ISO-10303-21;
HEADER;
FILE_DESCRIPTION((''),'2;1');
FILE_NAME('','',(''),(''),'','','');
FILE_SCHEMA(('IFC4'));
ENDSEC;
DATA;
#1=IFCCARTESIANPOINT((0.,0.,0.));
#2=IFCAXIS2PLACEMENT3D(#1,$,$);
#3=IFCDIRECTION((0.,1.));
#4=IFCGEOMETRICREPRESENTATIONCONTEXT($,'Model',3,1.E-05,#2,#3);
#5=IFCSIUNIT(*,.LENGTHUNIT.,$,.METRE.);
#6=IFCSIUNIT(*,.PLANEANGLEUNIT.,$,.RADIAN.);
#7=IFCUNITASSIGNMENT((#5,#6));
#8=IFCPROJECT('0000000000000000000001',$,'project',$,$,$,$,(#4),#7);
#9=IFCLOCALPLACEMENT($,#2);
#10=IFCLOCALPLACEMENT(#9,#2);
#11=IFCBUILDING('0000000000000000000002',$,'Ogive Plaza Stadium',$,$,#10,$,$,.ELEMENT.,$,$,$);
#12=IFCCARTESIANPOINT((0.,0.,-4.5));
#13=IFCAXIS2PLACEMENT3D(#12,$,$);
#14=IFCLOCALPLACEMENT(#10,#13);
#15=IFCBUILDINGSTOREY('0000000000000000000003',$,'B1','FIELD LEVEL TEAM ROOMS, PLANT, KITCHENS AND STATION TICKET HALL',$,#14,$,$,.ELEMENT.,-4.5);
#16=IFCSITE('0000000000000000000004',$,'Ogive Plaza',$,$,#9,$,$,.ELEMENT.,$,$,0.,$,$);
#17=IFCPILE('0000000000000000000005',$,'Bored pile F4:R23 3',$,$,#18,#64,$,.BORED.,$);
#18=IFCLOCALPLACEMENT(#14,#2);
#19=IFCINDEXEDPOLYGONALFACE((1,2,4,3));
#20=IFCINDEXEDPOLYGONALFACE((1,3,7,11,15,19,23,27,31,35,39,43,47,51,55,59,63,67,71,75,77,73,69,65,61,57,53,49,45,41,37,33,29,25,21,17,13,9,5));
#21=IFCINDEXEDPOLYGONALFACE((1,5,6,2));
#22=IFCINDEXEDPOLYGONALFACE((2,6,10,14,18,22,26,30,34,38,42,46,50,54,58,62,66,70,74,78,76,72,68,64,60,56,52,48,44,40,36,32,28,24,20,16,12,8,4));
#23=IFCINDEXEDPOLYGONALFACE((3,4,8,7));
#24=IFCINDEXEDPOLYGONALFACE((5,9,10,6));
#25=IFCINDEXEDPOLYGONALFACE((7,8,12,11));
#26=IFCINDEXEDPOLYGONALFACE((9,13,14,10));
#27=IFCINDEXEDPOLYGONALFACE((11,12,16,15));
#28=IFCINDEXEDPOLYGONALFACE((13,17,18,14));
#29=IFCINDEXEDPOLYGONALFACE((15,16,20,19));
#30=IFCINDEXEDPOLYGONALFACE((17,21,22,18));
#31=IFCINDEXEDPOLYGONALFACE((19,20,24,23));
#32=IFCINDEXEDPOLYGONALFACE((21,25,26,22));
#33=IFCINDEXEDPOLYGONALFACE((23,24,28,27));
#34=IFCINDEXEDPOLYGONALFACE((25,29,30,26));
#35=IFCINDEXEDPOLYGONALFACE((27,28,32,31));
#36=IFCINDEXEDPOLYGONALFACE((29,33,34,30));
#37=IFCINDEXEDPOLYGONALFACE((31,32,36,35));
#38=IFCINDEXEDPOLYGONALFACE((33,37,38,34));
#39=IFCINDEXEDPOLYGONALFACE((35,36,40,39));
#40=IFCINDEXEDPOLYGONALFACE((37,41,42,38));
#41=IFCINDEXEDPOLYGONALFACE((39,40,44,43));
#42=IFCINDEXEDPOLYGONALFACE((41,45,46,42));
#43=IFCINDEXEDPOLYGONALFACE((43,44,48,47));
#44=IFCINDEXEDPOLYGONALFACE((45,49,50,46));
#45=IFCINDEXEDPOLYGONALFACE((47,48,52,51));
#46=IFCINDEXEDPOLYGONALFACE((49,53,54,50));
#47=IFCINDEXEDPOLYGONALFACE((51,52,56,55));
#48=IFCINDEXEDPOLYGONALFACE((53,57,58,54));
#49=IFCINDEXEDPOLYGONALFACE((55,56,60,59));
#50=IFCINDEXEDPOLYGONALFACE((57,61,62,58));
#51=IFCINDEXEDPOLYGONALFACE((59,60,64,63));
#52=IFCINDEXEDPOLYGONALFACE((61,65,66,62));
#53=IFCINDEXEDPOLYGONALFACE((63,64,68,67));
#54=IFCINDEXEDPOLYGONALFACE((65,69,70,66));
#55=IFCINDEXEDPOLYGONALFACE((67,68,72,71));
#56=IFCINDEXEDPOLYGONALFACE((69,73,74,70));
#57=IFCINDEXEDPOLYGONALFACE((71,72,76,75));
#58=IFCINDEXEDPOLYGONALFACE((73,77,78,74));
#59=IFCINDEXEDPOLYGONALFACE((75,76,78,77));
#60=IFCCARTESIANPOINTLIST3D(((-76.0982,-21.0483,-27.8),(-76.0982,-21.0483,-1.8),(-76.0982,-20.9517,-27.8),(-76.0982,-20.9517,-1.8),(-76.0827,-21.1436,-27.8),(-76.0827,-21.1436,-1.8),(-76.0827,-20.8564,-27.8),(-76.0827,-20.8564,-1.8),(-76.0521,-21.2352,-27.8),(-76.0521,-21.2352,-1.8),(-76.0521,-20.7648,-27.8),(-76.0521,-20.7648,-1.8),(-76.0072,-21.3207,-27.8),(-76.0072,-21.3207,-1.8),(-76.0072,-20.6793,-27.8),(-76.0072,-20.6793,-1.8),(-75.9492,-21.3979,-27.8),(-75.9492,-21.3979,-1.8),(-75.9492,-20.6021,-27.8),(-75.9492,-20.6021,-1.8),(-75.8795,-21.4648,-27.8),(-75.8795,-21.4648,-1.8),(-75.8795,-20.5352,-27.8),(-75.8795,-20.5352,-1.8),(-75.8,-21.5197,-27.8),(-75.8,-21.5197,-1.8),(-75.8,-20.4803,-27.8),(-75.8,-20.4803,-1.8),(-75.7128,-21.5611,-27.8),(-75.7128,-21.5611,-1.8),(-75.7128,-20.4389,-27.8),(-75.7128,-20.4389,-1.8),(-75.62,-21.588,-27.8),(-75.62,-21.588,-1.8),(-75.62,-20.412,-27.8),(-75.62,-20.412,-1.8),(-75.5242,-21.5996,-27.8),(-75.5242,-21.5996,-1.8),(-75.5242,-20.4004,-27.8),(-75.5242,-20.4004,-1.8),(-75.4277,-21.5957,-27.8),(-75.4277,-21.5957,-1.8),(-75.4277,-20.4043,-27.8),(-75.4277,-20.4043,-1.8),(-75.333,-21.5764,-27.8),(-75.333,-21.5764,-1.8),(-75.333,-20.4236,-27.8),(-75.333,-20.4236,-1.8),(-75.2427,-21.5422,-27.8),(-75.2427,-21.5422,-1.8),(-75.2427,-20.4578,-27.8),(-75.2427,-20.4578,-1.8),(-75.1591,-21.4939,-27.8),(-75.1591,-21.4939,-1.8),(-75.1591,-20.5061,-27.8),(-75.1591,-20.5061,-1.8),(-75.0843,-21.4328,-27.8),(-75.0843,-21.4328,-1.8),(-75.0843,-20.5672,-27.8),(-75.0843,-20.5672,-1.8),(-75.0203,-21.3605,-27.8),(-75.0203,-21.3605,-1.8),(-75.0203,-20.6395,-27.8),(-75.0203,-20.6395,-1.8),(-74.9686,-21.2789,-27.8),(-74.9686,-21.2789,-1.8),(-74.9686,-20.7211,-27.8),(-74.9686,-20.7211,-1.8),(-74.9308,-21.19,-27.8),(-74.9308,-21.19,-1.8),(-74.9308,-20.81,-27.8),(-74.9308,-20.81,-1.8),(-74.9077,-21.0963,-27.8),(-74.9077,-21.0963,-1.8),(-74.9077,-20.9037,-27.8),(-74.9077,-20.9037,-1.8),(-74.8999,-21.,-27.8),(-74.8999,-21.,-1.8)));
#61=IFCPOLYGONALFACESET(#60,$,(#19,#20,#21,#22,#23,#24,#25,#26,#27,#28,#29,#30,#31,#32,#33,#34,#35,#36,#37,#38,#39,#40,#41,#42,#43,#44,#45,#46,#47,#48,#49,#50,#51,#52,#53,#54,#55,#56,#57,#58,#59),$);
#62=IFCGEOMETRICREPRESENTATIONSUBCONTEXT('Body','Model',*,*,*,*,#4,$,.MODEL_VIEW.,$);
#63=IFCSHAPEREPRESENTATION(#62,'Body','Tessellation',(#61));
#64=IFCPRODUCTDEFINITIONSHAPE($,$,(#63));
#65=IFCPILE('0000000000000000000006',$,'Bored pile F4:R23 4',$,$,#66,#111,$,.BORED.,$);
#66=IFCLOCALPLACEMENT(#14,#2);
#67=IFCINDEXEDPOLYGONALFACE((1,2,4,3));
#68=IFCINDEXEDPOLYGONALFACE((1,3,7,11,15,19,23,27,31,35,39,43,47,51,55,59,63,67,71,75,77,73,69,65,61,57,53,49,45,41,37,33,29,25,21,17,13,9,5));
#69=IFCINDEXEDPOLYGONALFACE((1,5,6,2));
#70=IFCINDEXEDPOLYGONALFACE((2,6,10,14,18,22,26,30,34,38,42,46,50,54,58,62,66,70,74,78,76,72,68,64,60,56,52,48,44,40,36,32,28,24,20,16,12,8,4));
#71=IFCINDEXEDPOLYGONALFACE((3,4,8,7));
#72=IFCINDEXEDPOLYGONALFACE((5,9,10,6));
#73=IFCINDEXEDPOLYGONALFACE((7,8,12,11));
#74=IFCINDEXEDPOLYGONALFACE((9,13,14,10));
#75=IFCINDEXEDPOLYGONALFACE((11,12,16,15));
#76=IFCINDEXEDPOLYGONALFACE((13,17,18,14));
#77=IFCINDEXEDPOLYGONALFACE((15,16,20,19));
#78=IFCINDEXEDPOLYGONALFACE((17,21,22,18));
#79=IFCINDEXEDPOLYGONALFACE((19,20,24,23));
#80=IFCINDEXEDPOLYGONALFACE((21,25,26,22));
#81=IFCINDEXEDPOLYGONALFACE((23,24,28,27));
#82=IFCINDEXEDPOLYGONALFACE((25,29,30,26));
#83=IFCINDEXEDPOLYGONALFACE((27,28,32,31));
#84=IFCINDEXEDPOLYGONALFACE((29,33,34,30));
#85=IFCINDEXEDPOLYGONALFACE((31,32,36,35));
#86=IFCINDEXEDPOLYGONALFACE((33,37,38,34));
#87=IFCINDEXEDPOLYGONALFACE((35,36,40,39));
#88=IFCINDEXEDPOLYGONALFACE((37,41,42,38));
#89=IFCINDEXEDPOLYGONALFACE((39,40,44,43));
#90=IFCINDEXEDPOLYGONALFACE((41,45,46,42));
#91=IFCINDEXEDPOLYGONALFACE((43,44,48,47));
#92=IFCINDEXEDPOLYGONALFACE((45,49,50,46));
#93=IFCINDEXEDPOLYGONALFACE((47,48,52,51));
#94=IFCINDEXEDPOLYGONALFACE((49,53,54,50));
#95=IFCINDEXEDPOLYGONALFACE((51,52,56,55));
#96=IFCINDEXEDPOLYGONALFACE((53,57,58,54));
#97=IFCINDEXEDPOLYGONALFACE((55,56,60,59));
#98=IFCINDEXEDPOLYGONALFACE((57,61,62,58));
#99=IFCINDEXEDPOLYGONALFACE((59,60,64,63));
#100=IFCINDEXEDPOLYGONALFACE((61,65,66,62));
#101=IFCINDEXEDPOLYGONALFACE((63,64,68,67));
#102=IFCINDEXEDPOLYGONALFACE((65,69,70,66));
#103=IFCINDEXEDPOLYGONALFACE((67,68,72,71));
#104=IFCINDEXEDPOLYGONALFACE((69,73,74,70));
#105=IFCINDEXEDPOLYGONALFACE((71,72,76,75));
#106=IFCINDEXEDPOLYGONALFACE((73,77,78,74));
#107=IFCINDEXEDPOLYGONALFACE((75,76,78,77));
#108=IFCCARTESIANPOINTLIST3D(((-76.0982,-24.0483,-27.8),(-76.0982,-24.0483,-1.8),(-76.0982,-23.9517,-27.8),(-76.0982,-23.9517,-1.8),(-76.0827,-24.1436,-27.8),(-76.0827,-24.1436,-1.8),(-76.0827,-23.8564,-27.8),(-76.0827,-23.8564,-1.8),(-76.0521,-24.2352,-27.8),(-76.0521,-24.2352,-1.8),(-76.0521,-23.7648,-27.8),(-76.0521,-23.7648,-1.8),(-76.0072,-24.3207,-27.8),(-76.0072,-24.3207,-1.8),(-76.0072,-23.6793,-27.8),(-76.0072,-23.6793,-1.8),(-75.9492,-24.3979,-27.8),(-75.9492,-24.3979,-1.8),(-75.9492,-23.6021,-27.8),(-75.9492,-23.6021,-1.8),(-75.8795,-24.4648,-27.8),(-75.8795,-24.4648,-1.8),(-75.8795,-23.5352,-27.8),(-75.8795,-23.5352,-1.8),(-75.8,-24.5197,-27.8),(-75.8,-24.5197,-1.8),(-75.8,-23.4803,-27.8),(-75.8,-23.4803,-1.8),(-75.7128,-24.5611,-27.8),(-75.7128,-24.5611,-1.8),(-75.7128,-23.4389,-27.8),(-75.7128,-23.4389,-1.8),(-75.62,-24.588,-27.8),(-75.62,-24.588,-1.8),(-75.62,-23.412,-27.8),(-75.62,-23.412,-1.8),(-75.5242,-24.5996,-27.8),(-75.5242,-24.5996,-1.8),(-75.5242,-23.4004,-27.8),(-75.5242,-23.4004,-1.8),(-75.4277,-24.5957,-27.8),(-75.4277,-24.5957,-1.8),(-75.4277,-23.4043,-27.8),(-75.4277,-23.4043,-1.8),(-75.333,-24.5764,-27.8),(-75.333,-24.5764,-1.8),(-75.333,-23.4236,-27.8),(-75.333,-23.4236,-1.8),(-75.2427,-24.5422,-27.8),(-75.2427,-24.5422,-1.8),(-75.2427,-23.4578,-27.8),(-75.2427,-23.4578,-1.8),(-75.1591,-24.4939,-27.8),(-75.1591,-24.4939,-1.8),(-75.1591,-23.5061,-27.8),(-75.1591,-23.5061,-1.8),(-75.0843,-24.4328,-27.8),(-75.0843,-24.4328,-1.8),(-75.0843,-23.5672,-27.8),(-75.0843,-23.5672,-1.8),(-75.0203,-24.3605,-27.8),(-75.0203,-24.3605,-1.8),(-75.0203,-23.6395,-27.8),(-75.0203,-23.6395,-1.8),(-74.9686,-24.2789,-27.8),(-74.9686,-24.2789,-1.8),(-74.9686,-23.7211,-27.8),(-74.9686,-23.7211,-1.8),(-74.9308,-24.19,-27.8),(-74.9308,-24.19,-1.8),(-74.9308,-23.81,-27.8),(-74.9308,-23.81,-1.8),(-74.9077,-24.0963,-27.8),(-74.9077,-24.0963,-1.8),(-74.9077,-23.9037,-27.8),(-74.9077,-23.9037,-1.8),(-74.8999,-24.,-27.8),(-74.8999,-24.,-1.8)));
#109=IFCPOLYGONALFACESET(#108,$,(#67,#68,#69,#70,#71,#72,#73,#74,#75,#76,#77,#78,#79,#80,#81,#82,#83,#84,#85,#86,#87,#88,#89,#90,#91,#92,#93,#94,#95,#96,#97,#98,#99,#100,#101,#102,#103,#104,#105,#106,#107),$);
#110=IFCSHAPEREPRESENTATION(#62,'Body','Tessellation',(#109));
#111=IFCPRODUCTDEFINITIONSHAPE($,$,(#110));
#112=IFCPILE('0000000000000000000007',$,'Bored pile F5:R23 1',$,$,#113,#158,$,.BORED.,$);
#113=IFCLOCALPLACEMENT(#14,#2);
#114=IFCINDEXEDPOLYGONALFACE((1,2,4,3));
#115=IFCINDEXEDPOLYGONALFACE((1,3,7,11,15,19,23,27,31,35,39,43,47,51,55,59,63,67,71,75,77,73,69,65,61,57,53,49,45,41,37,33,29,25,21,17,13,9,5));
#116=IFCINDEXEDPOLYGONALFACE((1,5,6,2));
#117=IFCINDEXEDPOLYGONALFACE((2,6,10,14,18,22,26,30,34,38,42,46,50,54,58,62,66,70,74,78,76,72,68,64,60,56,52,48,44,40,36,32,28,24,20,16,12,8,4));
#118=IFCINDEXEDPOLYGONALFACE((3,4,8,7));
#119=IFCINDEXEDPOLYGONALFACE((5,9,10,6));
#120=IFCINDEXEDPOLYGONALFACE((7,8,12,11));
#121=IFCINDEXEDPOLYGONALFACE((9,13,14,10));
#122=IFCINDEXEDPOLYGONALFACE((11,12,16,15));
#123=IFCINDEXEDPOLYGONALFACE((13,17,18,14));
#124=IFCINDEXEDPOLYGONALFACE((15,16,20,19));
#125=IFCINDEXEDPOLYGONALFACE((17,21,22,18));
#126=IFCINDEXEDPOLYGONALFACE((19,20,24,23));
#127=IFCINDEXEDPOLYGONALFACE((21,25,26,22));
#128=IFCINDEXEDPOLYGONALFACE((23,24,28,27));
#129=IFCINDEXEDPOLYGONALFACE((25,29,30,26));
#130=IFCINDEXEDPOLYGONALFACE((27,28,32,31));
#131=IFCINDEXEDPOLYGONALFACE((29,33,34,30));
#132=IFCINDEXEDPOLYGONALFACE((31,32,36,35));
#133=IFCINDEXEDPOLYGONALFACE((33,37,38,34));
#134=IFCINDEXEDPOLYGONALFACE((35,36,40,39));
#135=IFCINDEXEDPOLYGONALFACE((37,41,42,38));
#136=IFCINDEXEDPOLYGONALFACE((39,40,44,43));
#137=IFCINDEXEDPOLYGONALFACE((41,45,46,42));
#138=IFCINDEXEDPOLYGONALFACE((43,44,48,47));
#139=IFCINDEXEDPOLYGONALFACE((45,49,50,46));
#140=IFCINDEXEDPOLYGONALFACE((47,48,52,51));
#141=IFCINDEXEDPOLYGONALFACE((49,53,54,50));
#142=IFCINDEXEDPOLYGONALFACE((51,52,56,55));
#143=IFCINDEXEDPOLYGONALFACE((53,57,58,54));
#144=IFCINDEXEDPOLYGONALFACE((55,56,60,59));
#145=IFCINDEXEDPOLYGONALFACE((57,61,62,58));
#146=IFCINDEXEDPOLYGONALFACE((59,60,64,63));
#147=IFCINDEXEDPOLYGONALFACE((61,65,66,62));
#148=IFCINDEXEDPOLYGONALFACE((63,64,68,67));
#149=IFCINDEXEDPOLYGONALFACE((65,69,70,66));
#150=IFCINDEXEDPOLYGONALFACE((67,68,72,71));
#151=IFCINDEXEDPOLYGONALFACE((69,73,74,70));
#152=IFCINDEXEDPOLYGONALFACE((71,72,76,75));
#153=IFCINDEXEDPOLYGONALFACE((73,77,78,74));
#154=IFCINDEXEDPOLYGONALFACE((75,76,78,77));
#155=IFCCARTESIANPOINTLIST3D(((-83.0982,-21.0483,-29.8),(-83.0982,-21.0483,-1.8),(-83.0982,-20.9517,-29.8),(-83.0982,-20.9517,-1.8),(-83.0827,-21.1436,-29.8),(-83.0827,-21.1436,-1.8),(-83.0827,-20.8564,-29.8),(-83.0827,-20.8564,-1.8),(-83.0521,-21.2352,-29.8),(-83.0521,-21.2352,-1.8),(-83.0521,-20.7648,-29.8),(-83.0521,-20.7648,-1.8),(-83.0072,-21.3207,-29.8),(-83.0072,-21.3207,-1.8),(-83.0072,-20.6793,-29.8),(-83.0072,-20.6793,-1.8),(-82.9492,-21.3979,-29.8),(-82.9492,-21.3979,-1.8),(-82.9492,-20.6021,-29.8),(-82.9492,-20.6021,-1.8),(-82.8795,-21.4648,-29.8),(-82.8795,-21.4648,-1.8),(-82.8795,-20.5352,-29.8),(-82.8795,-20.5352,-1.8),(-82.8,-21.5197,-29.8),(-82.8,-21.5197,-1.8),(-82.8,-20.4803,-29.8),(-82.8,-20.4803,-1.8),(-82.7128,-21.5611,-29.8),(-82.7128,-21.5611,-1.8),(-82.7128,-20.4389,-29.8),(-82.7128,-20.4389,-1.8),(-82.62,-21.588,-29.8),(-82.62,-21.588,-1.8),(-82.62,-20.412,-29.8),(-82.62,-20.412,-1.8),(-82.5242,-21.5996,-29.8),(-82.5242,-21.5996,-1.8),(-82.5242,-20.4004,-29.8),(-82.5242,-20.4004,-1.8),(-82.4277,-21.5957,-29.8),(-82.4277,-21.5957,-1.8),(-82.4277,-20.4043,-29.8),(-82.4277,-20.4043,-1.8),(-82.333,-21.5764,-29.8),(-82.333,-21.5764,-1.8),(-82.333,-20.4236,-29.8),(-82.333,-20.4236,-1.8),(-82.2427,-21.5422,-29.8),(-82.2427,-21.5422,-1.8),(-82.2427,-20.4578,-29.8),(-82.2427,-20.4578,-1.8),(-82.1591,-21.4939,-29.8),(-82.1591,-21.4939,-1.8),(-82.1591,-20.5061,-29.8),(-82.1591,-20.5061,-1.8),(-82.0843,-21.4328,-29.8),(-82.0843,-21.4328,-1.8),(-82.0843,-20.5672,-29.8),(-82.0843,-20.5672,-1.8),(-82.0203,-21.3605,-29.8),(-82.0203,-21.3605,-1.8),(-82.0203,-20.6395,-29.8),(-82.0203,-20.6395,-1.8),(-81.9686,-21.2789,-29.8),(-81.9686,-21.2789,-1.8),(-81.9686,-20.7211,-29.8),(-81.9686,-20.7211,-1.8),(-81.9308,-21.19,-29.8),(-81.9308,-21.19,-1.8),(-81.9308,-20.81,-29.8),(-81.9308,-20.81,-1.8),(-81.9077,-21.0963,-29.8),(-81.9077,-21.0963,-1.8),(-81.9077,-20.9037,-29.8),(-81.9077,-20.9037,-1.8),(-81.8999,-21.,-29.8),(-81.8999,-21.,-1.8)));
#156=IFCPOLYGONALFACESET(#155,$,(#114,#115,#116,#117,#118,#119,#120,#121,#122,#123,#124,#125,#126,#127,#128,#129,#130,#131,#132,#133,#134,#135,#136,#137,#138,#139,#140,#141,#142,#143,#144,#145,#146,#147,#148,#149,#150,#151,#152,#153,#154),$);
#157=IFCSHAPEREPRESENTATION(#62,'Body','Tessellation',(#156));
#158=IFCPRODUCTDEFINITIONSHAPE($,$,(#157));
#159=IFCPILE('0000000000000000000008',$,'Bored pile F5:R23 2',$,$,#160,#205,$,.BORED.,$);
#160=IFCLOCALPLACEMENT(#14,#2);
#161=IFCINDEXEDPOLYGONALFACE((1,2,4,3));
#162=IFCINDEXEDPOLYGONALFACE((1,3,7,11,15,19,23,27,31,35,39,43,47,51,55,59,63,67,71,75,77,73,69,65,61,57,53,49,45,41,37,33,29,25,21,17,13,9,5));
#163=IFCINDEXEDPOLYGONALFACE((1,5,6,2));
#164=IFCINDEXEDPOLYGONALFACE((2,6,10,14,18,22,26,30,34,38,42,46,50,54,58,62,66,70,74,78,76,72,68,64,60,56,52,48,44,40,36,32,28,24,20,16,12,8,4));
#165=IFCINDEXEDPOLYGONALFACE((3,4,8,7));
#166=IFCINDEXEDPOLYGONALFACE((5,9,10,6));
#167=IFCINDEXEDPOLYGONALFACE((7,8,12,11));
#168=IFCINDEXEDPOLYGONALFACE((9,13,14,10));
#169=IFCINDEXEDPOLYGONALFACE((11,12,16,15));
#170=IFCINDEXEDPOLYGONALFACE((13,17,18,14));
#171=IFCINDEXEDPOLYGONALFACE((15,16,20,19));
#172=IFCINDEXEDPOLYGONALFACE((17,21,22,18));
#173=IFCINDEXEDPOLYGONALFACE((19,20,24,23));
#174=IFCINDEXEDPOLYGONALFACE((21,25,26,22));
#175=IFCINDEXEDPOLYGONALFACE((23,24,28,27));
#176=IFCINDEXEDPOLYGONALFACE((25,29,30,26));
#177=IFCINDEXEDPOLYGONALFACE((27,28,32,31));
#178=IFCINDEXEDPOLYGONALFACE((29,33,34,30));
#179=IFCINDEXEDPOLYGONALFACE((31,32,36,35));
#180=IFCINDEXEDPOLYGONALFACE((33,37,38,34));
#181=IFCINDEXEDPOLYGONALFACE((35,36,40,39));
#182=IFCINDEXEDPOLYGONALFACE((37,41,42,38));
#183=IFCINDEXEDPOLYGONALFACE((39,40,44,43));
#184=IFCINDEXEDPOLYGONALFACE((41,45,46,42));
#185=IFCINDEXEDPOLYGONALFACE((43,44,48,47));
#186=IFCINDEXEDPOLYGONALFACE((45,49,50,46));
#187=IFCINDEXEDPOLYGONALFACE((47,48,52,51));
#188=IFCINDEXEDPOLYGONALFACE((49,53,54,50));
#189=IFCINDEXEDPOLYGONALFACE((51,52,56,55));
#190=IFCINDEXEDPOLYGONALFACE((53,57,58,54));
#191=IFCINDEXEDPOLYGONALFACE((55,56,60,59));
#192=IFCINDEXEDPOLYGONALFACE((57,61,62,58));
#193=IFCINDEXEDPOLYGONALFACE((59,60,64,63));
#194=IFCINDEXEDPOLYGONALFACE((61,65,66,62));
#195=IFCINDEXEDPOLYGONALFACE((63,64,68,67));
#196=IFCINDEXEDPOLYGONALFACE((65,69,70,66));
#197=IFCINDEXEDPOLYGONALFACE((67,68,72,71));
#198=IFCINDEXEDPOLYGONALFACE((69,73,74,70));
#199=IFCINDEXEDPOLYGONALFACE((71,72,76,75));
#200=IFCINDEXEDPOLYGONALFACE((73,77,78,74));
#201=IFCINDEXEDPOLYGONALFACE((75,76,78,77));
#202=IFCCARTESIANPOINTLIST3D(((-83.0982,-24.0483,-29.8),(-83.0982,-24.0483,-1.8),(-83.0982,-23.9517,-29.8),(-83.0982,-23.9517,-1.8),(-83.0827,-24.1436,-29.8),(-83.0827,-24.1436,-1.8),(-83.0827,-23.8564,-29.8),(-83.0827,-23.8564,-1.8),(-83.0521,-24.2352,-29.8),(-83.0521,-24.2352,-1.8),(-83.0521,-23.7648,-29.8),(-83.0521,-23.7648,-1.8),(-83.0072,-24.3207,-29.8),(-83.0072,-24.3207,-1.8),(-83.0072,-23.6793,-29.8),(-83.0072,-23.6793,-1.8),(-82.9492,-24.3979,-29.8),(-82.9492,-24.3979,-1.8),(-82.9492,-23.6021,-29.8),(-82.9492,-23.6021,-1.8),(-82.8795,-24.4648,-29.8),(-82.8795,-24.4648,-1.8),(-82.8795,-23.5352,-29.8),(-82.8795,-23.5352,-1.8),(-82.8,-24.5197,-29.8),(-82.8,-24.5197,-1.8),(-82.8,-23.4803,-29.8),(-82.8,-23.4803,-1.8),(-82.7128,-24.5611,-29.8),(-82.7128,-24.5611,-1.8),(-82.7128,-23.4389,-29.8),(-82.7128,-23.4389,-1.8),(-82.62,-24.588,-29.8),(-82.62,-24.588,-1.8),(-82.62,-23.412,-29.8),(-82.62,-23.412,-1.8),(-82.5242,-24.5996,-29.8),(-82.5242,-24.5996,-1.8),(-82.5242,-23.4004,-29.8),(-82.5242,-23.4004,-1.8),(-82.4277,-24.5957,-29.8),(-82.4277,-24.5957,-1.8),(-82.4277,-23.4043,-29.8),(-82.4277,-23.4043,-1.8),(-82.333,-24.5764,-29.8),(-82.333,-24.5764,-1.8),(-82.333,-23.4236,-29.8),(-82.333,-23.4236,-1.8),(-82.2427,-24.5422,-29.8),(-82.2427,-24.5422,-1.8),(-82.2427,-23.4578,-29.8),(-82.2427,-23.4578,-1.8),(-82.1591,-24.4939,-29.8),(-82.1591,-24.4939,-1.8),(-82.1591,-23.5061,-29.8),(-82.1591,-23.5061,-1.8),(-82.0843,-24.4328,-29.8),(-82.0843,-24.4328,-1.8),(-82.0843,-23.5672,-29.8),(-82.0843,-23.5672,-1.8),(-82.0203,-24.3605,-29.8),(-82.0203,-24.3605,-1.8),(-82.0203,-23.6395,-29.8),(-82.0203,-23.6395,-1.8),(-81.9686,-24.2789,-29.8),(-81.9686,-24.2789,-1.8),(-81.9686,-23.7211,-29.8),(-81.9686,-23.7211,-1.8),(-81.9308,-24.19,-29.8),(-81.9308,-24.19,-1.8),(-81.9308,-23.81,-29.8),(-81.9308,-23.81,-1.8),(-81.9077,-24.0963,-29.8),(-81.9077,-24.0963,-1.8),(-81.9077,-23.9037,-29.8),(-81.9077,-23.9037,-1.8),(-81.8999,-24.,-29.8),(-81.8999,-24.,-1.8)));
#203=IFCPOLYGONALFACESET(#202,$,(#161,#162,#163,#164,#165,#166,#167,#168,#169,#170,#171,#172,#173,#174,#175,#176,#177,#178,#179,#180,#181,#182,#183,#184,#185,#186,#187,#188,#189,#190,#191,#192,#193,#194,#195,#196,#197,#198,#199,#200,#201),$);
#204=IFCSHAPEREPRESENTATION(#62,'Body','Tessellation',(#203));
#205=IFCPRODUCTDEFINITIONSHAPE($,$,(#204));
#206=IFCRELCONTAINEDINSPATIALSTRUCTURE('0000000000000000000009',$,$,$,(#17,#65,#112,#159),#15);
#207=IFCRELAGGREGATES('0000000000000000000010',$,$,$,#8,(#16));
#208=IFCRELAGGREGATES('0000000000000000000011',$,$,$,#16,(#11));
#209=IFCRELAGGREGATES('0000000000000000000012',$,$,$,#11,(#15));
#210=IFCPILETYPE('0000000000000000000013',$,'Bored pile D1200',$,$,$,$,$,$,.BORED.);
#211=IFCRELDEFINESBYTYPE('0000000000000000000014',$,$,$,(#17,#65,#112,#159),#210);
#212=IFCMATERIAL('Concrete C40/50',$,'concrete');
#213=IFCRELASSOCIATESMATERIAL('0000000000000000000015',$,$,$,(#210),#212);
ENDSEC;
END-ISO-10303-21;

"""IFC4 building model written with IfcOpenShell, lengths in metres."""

from ifc_helpers import new_model, si_unit, direction, frame, origin, origin_2d, place, context, subcontext, project, spatial, circle, extrude, material, material_profile, profile_set, type_object, element, save


model = new_model("IFC4")

# Units and contexts
model_context = context("Model", 3, precision=1e-05, world=origin(), true_north=direction((0.0, 1.0)))
body_context = subcontext(model_context, "Body", "Model", "MODEL_VIEW")
ifc_project = project(units=[si_unit("LENGTHUNIT", "METRE"), si_unit("PLANEANGLEUNIT", "RADIAN")], contexts=[model_context])

# Site, building, storey
site_placement = place(None, origin())
site = spatial("IfcSite", under=ifc_project, at=site_placement, Name="Ogive Plaza", CompositionType="ELEMENT", RefElevation=0.0)
building_placement = place(site_placement, origin())
building = spatial("IfcBuilding", under=site, at=building_placement, Name="Ogive Plaza Stadium", CompositionType="ELEMENT")
storey_placement = place(building_placement, frame((0.0, 0.0, -4.5)))
storey = spatial("IfcBuildingStorey", under=building, at=storey_placement, Name="B1", Description="FIELD LEVEL TEAM ROOMS, PLANT, KITCHENS AND STATION TICKET HALL", CompositionType="ELEMENT", Elevation=-4.5)

# Piles
ifc_material_1 = material(Name="Concrete C40/50", Category="concrete")
ifc_material_profile_1 = material_profile(ifc_material_1, circle(Radius=0.6001, at=origin_2d()), Name="RC D1200")
ifc_profile_set_1 = profile_set([ifc_material_profile_1], Name="Concrete C40/50")
pile_type_1 = type_object("IfcPileType", Name="Bored pile D1200", PredefinedType="BORED", material=ifc_profile_set_1)
for number, where, z_axis, x_axis, name in (
    (1, (-75.5, -21.0, -1.8), (0.0, 0.0, -1.0), (1.0, 0.0, 0.0), "Bored pile F4:R23 3"),
    (2, (-75.5, -24.0, -1.8), (0.0, 0.0, -1.0), (1.0, 0.0, 0.0), "Bored pile F4:R23 4"),
):
    element("IfcPile", number, at=place(storey_placement, frame(where, z_axis=z_axis, x_axis=x_axis)), inside=storey, type_object=pile_type_1, Name=name, PredefinedType="BORED", context=body_context, shape_type="SweptSolid", body=[
        extrude(circle(Radius=0.6001, at=origin_2d()), origin(), (0.0, 0.0, 1.0), 26.0),
    ])
for number, where, z_axis, x_axis, name in (
    (3, (-82.5, -21.0, -1.8), (0.0, 0.0, -1.0), (1.0, 0.0, 0.0), "Bored pile F5:R23 1"),
    (4, (-82.5, -24.0, -1.8), (0.0, 0.0, -1.0), (1.0, 0.0, 0.0), "Bored pile F5:R23 2"),
):
    element("IfcPile", number, at=place(storey_placement, frame(where, z_axis=z_axis, x_axis=x_axis)), inside=storey, type_object=pile_type_1, Name=name, PredefinedType="BORED", context=body_context, shape_type="SweptSolid", body=[
        extrude(circle(Radius=0.6001, at=origin_2d()), origin(), (0.0, 0.0, 1.0), 28.0),
    ])

save(model, "model.ifc")
